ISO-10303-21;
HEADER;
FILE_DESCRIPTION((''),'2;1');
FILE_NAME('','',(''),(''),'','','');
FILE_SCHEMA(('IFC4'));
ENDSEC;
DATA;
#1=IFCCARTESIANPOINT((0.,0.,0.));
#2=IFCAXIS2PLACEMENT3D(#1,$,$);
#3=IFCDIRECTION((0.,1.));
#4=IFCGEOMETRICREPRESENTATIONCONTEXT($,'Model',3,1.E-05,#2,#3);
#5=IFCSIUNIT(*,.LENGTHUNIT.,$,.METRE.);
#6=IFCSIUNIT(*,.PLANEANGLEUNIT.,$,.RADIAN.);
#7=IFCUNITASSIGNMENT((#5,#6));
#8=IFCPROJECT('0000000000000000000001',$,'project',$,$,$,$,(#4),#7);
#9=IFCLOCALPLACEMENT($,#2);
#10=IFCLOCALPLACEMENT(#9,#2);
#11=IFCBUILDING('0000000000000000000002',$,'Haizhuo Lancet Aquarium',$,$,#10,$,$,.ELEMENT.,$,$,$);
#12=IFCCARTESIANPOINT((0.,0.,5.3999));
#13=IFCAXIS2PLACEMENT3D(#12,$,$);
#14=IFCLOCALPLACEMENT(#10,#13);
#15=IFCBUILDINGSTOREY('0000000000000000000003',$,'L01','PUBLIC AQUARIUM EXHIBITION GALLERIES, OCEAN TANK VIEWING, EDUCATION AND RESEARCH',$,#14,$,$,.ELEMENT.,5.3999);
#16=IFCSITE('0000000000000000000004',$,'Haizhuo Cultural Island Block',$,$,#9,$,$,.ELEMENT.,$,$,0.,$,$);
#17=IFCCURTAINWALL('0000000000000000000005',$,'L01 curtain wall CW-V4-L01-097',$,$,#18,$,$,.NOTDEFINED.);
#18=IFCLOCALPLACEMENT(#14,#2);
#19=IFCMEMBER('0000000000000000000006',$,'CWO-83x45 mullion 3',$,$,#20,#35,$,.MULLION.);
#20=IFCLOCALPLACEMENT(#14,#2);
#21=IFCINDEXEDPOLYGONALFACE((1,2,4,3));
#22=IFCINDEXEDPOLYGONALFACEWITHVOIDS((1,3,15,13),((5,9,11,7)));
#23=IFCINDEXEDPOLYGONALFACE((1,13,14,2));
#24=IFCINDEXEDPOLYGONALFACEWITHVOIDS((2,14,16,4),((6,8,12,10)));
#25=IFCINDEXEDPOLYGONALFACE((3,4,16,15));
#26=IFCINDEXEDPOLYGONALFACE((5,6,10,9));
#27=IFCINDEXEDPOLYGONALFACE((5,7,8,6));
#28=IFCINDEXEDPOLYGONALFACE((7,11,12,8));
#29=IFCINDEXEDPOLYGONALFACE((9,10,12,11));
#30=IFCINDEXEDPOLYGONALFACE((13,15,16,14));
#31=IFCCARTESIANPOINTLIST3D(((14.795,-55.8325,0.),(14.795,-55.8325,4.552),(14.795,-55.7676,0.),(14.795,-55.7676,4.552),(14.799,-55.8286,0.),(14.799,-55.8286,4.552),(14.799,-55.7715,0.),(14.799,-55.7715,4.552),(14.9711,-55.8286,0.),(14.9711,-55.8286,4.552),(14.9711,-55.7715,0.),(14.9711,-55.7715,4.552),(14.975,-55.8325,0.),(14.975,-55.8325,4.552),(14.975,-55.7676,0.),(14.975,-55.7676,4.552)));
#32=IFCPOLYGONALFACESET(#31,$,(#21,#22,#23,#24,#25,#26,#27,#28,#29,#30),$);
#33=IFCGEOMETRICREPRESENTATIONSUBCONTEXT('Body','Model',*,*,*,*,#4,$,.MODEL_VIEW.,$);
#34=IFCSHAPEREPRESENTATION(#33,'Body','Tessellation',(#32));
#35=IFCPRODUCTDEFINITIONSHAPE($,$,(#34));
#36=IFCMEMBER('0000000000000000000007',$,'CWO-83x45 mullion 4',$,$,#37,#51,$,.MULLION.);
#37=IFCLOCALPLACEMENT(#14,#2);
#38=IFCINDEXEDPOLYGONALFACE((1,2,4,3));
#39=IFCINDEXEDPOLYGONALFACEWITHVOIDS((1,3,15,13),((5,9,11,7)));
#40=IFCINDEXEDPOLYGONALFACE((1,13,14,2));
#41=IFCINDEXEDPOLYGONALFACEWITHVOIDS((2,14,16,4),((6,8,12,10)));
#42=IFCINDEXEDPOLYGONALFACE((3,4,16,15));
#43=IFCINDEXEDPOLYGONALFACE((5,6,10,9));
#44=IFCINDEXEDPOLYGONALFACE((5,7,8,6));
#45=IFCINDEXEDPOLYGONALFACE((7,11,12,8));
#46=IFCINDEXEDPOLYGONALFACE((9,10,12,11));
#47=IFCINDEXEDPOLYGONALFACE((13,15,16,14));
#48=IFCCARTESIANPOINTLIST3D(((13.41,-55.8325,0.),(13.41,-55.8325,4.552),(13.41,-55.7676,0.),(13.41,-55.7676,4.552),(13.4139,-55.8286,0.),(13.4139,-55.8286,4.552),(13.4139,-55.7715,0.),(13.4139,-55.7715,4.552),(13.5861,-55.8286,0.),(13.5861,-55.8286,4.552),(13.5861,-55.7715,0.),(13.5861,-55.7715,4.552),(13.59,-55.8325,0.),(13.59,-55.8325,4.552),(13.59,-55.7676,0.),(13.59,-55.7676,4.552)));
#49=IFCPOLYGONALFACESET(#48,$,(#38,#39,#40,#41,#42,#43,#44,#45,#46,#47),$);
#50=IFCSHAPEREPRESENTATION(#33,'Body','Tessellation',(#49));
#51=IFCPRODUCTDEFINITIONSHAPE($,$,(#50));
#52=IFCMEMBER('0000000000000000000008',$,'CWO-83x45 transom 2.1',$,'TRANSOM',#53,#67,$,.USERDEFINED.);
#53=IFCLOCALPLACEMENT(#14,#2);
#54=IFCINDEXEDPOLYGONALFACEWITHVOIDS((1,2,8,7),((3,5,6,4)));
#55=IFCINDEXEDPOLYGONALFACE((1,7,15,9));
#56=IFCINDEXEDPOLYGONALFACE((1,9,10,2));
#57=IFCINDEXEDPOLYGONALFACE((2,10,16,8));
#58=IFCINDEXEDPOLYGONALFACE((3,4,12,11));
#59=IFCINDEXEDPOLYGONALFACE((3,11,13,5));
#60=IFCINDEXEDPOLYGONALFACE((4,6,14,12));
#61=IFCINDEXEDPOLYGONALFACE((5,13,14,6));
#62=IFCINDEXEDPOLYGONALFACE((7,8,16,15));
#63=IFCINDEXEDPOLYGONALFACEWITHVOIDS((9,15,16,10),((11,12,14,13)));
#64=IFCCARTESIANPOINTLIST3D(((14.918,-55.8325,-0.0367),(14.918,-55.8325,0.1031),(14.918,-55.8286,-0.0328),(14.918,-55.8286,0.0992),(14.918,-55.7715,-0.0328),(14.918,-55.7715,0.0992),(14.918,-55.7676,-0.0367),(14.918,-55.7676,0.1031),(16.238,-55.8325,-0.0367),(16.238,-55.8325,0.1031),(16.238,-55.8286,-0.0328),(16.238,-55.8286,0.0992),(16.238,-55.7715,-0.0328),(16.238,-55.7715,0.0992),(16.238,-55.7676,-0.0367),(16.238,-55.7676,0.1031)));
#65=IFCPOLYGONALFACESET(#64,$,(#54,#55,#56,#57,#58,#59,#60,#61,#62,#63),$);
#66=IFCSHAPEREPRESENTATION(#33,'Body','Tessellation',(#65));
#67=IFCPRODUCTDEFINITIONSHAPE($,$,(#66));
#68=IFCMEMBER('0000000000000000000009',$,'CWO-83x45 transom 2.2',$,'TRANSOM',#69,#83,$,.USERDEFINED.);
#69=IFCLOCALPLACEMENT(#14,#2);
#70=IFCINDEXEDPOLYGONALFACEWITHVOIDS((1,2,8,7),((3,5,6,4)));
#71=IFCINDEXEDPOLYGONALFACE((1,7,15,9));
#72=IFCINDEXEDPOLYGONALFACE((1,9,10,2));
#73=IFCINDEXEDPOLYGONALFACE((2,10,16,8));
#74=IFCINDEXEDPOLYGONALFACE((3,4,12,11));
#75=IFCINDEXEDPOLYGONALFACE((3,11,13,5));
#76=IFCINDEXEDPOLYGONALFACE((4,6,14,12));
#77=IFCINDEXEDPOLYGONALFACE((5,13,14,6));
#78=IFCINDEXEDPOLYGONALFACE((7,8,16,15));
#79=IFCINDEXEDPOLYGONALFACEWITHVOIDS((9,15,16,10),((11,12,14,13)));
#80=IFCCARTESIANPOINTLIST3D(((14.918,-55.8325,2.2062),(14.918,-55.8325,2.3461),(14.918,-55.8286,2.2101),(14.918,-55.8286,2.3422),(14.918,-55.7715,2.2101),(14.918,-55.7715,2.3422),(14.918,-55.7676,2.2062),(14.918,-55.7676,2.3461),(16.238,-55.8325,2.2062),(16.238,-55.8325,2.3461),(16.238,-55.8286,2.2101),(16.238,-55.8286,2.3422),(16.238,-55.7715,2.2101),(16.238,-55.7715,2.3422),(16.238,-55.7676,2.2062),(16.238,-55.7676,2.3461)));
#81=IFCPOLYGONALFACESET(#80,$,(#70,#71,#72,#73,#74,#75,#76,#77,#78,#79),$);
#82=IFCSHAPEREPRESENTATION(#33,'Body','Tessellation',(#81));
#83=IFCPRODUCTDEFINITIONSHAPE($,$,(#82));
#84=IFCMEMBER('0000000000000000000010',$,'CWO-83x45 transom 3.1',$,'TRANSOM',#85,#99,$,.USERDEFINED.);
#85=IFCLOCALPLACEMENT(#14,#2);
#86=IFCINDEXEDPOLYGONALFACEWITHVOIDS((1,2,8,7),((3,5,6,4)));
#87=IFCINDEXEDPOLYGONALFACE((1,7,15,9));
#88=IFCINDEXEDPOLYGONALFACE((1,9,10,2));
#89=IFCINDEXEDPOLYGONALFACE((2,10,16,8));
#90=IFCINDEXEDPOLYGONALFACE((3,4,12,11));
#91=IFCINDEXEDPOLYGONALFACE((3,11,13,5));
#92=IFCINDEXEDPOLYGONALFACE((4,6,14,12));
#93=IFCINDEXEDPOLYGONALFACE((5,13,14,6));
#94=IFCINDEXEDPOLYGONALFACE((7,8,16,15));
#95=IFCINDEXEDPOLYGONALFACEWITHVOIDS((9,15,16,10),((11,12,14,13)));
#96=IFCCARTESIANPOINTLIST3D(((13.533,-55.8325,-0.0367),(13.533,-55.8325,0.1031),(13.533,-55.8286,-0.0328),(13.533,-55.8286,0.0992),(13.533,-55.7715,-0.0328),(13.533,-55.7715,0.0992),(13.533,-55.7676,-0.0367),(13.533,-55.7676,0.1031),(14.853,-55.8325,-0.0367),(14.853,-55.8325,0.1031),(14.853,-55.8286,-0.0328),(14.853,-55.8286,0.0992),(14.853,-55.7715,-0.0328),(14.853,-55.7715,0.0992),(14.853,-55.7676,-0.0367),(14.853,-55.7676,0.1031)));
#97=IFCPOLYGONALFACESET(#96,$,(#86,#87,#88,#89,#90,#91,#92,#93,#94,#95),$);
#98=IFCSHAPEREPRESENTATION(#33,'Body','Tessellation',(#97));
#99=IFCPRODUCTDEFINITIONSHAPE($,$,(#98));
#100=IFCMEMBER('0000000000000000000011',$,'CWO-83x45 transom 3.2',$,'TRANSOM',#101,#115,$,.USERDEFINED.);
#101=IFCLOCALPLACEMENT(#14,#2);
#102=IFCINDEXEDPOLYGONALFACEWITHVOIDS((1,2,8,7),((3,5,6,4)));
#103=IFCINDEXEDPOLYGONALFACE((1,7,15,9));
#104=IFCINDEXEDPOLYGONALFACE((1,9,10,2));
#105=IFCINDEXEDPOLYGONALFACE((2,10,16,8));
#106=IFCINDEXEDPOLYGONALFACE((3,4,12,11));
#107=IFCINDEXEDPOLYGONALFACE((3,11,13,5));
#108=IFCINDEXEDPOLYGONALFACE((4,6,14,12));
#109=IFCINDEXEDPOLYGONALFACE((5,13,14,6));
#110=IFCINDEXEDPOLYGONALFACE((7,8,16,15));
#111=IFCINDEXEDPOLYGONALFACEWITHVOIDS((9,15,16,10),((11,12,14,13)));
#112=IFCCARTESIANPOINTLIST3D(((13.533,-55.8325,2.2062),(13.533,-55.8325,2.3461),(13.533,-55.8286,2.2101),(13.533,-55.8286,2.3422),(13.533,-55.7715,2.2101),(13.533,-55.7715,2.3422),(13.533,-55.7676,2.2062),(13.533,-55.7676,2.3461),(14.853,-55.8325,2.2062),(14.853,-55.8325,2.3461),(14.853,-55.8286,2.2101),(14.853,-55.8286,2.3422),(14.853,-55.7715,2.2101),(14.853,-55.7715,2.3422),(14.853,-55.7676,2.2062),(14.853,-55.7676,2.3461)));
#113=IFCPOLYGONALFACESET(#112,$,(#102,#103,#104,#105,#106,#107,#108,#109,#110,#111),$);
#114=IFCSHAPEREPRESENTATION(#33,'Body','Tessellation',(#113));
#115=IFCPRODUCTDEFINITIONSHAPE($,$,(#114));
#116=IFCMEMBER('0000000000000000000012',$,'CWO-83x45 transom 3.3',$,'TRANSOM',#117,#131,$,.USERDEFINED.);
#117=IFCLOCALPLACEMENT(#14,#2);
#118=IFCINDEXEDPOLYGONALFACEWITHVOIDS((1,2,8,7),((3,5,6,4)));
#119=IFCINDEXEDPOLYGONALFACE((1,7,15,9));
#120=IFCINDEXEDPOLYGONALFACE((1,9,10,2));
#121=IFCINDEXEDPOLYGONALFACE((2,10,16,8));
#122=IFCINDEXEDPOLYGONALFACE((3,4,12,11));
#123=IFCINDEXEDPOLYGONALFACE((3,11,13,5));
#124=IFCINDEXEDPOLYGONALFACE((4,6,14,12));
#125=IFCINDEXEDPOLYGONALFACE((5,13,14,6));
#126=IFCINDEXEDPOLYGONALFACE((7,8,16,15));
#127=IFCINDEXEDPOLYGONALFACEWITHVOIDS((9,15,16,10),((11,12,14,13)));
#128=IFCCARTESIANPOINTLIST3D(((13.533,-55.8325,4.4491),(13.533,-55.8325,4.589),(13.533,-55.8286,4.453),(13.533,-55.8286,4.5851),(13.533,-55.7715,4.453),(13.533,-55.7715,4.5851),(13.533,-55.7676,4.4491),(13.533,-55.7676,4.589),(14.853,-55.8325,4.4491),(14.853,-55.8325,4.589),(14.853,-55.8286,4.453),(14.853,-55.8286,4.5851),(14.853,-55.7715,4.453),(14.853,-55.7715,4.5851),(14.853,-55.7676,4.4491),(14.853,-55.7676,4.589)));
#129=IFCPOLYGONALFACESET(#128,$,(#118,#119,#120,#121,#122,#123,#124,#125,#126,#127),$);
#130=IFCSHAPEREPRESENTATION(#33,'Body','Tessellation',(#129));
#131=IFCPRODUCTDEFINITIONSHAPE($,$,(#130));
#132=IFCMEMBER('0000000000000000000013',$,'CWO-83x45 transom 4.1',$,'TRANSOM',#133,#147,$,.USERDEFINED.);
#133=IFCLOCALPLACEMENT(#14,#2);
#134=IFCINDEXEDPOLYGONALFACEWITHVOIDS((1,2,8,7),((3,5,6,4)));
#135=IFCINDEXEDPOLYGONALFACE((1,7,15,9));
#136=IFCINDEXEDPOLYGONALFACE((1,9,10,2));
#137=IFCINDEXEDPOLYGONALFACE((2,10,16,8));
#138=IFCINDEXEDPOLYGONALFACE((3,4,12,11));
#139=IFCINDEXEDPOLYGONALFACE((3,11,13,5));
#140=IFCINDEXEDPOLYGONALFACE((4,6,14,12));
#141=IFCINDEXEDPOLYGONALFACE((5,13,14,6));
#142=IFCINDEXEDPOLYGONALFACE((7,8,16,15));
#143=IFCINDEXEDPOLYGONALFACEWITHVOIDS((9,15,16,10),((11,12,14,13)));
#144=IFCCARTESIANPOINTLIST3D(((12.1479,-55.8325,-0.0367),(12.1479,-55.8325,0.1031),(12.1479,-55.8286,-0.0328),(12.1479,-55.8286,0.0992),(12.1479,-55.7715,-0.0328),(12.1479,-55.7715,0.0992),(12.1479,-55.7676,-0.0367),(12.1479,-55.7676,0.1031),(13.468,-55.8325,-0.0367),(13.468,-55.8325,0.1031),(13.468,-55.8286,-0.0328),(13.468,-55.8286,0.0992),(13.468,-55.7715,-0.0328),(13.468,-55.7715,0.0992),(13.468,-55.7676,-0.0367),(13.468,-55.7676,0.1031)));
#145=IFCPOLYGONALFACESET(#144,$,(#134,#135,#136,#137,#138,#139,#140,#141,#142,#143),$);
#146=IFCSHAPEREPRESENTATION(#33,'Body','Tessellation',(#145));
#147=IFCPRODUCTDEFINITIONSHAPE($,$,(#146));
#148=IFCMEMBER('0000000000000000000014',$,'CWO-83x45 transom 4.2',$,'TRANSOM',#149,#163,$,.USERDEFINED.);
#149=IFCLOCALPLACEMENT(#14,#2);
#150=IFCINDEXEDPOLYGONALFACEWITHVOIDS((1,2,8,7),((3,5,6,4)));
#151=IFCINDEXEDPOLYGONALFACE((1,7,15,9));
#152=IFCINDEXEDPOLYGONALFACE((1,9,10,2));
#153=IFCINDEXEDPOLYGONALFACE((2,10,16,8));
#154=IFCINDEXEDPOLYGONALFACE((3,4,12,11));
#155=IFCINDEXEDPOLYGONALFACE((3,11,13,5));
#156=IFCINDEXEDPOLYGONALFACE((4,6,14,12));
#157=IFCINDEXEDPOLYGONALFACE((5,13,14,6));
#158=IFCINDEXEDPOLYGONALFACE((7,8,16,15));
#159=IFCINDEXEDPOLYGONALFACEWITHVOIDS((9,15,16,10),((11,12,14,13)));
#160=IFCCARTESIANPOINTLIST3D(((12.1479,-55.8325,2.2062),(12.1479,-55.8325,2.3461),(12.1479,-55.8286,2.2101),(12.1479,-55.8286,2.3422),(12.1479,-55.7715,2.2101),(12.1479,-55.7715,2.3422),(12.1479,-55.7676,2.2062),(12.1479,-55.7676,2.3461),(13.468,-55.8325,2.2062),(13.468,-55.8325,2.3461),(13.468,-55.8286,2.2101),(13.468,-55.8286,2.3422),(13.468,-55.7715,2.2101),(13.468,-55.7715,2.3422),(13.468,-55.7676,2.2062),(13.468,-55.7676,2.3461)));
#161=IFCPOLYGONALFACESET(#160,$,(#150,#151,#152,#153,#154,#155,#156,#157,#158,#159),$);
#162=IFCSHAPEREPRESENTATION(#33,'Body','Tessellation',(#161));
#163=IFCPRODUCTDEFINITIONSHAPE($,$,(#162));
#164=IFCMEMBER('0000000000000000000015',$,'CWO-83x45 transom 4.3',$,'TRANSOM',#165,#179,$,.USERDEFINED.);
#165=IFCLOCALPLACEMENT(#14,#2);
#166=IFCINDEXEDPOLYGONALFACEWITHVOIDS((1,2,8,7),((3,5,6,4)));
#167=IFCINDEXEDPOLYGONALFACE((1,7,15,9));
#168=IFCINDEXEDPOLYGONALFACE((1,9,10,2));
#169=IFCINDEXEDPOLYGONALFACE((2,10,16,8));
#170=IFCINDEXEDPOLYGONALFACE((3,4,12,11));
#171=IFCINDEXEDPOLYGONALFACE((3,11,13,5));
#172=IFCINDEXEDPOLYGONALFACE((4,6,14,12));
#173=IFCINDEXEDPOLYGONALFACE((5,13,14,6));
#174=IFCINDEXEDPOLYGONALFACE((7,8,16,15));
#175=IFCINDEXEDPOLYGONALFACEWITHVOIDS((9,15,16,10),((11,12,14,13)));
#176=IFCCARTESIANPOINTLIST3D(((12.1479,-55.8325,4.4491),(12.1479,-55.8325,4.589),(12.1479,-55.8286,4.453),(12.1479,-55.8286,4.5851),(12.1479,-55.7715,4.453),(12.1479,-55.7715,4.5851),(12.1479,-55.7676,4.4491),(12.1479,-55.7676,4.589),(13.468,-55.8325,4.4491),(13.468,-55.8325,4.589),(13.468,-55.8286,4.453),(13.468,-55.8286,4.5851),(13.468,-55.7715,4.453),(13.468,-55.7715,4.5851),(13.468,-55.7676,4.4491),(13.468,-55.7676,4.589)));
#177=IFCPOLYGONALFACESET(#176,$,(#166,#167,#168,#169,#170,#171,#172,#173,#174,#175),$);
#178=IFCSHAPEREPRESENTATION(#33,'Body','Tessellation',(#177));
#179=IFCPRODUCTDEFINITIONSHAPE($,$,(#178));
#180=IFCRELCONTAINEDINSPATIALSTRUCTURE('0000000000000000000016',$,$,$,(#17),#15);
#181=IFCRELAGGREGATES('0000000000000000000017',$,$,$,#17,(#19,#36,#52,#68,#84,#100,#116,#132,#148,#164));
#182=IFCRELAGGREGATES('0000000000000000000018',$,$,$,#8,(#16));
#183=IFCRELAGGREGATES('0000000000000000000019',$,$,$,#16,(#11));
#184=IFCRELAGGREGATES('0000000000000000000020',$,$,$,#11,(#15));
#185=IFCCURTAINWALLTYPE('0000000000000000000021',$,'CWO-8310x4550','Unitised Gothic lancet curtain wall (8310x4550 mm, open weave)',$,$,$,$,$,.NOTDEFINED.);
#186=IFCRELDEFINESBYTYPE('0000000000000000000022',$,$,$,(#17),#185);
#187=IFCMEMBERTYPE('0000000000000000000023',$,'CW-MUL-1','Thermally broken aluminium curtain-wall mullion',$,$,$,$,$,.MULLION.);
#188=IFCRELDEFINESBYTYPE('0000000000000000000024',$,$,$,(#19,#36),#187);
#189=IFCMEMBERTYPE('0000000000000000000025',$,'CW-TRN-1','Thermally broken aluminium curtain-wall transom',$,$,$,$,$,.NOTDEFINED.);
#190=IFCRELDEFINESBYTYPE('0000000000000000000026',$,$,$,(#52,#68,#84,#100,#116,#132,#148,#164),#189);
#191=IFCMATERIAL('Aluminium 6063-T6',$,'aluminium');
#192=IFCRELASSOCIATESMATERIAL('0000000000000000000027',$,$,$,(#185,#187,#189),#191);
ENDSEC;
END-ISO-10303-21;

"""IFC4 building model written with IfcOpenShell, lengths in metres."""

from ifc_helpers import new_model, si_unit, direction, frame, origin, origin_2d, place, context, subcontext, project, spatial, hollow_rectangle, extrude, material, material_profile, profile_set, type_object, element, aggregate, save


model = new_model("IFC4")

# Units and contexts
model_context = context("Model", 3, precision=1e-05, world=origin(), true_north=direction((0.0, 1.0)))
body_context = subcontext(model_context, "Body", "Model", "MODEL_VIEW")
ifc_project = project(units=[si_unit("LENGTHUNIT", "METRE"), si_unit("PLANEANGLEUNIT", "RADIAN")], contexts=[model_context])

# Site, building, storey
site_placement = place(None, origin())
site = spatial("IfcSite", under=ifc_project, at=site_placement, Name="Haizhuo Cultural Island Block", CompositionType="ELEMENT", RefElevation=0.0)
building_placement = place(site_placement, origin())
building = spatial("IfcBuilding", under=site, at=building_placement, Name="Haizhuo Lancet Aquarium", CompositionType="ELEMENT")
storey_placement = place(building_placement, frame((0.0, 0.0, 5.3999)))
storey = spatial("IfcBuildingStorey", under=building, at=storey_placement, Name="L01", Description="PUBLIC AQUARIUM EXHIBITION GALLERIES, OCEAN TANK VIEWING, EDUCATION AND RESEARCH", CompositionType="ELEMENT", Elevation=5.3999)

# Curtain wall, members
ifc_material_1 = material(Name="Aluminium 6063-T6", Category="aluminium")
curtain_wall_type = type_object("IfcCurtainWallType", Name="CWO-8310x4550", Description="Unitised Gothic lancet curtain wall (8310x4550 mm, open weave)", PredefinedType="NOTDEFINED", material=ifc_material_1)
curtain_wall_placement = place(storey_placement, origin())
curtain_wall = element("IfcCurtainWall", 1, at=curtain_wall_placement, inside=storey, type_object=curtain_wall_type, Name="L01 curtain wall CW-V4-L01-097", PredefinedType="NOTDEFINED")
ifc_material_profile_1 = material_profile(ifc_material_1, hollow_rectangle(XDim=0.0649, YDim=0.1799, WallThickness=0.0039, at=origin_2d()), Name="ALU-M 65x180x4")
ifc_profile_set_1 = profile_set([ifc_material_profile_1], Name="Aluminium 6063-T6")
member_type_1 = type_object("IfcMemberType", Name="CW-MUL-1", Description="Thermally broken aluminium curtain-wall mullion", PredefinedType="MULLION", material=ifc_profile_set_1)
member_1_placement = place(storey_placement, frame((14.885, -55.8, 0.0), z_axis=(0.0, 0.0, 1.0), x_axis=(0.0, -1.0, 0.0)))
member_1 = element("IfcMember", 2, at=member_1_placement, type_object=member_type_1, Name="CWO-83x45 mullion 3", PredefinedType="MULLION", context=body_context, shape_type="SweptSolid", body=[
    extrude(hollow_rectangle(XDim=0.0649, YDim=0.1799, WallThickness=0.0039, at=origin_2d()), origin(), (0.0, 0.0, 1.0), 4.552),
])
member_2_placement = place(storey_placement, frame((13.5, -55.8, 0.0), z_axis=(0.0, 0.0, 1.0), x_axis=(0.0, -1.0, 0.0)))
member_2 = element("IfcMember", 3, at=member_2_placement, type_object=member_type_1, Name="CWO-83x45 mullion 4", PredefinedType="MULLION", context=body_context, shape_type="SweptSolid", body=[
    extrude(hollow_rectangle(XDim=0.0649, YDim=0.1799, WallThickness=0.0039, at=origin_2d()), origin(), (0.0, 0.0, 1.0), 4.552),
])
ifc_material_profile_2 = material_profile(ifc_material_1, hollow_rectangle(XDim=0.0649, YDim=0.1399, WallThickness=0.0039, at=origin_2d()), Name="ALU-T 65x140x4")
ifc_profile_set_2 = profile_set([ifc_material_profile_2], Name="Aluminium 6063-T6")
member_type_2 = type_object("IfcMemberType", Name="CW-TRN-1", Description="Thermally broken aluminium curtain-wall transom", PredefinedType="NOTDEFINED", material=ifc_profile_set_2)
member_3_placement = place(storey_placement, frame((16.238, -55.8, 0.0332), z_axis=(-1.0, 0.0, 0.0), x_axis=(0.0, -1.0, 0.0)))
member_3 = element("IfcMember", 4, at=member_3_placement, type_object=member_type_2, Name="CWO-83x45 transom 2.1", ObjectType="TRANSOM", PredefinedType="USERDEFINED", context=body_context, shape_type="SweptSolid", body=[
    extrude(hollow_rectangle(XDim=0.0649, YDim=0.1399, WallThickness=0.0039, at=origin_2d()), origin(), (0.0, 0.0, 1.0), 1.3201),
])
member_4_placement = place(storey_placement, frame((16.238, -55.8, 2.2761), z_axis=(-1.0, 0.0, 0.0), x_axis=(0.0, -1.0, 0.0)))
member_4 = element("IfcMember", 5, at=member_4_placement, type_object=member_type_2, Name="CWO-83x45 transom 2.2", ObjectType="TRANSOM", PredefinedType="USERDEFINED", context=body_context, shape_type="SweptSolid", body=[
    extrude(hollow_rectangle(XDim=0.0649, YDim=0.1399, WallThickness=0.0039, at=origin_2d()), origin(), (0.0, 0.0, 1.0), 1.3201),
])
member_5_placement = place(storey_placement, frame((14.853, -55.8, 0.0332), z_axis=(-1.0, 0.0, 0.0), x_axis=(0.0, -1.0, 0.0)))
member_5 = element("IfcMember", 6, at=member_5_placement, type_object=member_type_2, Name="CWO-83x45 transom 3.1", ObjectType="TRANSOM", PredefinedType="USERDEFINED", context=body_context, shape_type="SweptSolid", body=[
    extrude(hollow_rectangle(XDim=0.0649, YDim=0.1399, WallThickness=0.0039, at=origin_2d()), origin(), (0.0, 0.0, 1.0), 1.3201),
])
member_6_placement = place(storey_placement, frame((14.853, -55.8, 2.2761), z_axis=(-1.0, 0.0, 0.0), x_axis=(0.0, -1.0, 0.0)))
member_6 = element("IfcMember", 7, at=member_6_placement, type_object=member_type_2, Name="CWO-83x45 transom 3.2", ObjectType="TRANSOM", PredefinedType="USERDEFINED", context=body_context, shape_type="SweptSolid", body=[
    extrude(hollow_rectangle(XDim=0.0649, YDim=0.1399, WallThickness=0.0039, at=origin_2d()), origin(), (0.0, 0.0, 1.0), 1.3201),
])
member_7_placement = place(storey_placement, frame((14.853, -55.8, 4.519), z_axis=(-1.0, 0.0, 0.0), x_axis=(0.0, -1.0, 0.0)))
member_7 = element("IfcMember", 8, at=member_7_placement, type_object=member_type_2, Name="CWO-83x45 transom 3.3", ObjectType="TRANSOM", PredefinedType="USERDEFINED", context=body_context, shape_type="SweptSolid", body=[
    extrude(hollow_rectangle(XDim=0.0649, YDim=0.1399, WallThickness=0.0039, at=origin_2d()), origin(), (0.0, 0.0, 1.0), 1.3201),
])
member_8_placement = place(storey_placement, frame((13.468, -55.8, 0.0332), z_axis=(-1.0, 0.0, 0.0), x_axis=(0.0, -1.0, 0.0)))
member_8 = element("IfcMember", 9, at=member_8_placement, type_object=member_type_2, Name="CWO-83x45 transom 4.1", ObjectType="TRANSOM", PredefinedType="USERDEFINED", context=body_context, shape_type="SweptSolid", body=[
    extrude(hollow_rectangle(XDim=0.0649, YDim=0.1399, WallThickness=0.0039, at=origin_2d()), origin(), (0.0, 0.0, 1.0), 1.3201),
])
member_9_placement = place(storey_placement, frame((13.468, -55.8, 2.2761), z_axis=(-1.0, 0.0, 0.0), x_axis=(0.0, -1.0, 0.0)))
member_9 = element("IfcMember", 10, at=member_9_placement, type_object=member_type_2, Name="CWO-83x45 transom 4.2", ObjectType="TRANSOM", PredefinedType="USERDEFINED", context=body_context, shape_type="SweptSolid", body=[
    extrude(hollow_rectangle(XDim=0.0649, YDim=0.1399, WallThickness=0.0039, at=origin_2d()), origin(), (0.0, 0.0, 1.0), 1.3201),
])
member_10_placement = place(storey_placement, frame((13.468, -55.8, 4.519), z_axis=(-1.0, 0.0, 0.0), x_axis=(0.0, -1.0, 0.0)))
member_10 = element("IfcMember", 11, at=member_10_placement, type_object=member_type_2, Name="CWO-83x45 transom 4.3", ObjectType="TRANSOM", PredefinedType="USERDEFINED", context=body_context, shape_type="SweptSolid", body=[
    extrude(hollow_rectangle(XDim=0.0649, YDim=0.1399, WallThickness=0.0039, at=origin_2d()), origin(), (0.0, 0.0, 1.0), 1.3201),
])

aggregate(curtain_wall, [member_1, member_2, member_3, member_4, member_5, member_6, member_7, member_8, member_9, member_10])

save(model, "model.ifc")
